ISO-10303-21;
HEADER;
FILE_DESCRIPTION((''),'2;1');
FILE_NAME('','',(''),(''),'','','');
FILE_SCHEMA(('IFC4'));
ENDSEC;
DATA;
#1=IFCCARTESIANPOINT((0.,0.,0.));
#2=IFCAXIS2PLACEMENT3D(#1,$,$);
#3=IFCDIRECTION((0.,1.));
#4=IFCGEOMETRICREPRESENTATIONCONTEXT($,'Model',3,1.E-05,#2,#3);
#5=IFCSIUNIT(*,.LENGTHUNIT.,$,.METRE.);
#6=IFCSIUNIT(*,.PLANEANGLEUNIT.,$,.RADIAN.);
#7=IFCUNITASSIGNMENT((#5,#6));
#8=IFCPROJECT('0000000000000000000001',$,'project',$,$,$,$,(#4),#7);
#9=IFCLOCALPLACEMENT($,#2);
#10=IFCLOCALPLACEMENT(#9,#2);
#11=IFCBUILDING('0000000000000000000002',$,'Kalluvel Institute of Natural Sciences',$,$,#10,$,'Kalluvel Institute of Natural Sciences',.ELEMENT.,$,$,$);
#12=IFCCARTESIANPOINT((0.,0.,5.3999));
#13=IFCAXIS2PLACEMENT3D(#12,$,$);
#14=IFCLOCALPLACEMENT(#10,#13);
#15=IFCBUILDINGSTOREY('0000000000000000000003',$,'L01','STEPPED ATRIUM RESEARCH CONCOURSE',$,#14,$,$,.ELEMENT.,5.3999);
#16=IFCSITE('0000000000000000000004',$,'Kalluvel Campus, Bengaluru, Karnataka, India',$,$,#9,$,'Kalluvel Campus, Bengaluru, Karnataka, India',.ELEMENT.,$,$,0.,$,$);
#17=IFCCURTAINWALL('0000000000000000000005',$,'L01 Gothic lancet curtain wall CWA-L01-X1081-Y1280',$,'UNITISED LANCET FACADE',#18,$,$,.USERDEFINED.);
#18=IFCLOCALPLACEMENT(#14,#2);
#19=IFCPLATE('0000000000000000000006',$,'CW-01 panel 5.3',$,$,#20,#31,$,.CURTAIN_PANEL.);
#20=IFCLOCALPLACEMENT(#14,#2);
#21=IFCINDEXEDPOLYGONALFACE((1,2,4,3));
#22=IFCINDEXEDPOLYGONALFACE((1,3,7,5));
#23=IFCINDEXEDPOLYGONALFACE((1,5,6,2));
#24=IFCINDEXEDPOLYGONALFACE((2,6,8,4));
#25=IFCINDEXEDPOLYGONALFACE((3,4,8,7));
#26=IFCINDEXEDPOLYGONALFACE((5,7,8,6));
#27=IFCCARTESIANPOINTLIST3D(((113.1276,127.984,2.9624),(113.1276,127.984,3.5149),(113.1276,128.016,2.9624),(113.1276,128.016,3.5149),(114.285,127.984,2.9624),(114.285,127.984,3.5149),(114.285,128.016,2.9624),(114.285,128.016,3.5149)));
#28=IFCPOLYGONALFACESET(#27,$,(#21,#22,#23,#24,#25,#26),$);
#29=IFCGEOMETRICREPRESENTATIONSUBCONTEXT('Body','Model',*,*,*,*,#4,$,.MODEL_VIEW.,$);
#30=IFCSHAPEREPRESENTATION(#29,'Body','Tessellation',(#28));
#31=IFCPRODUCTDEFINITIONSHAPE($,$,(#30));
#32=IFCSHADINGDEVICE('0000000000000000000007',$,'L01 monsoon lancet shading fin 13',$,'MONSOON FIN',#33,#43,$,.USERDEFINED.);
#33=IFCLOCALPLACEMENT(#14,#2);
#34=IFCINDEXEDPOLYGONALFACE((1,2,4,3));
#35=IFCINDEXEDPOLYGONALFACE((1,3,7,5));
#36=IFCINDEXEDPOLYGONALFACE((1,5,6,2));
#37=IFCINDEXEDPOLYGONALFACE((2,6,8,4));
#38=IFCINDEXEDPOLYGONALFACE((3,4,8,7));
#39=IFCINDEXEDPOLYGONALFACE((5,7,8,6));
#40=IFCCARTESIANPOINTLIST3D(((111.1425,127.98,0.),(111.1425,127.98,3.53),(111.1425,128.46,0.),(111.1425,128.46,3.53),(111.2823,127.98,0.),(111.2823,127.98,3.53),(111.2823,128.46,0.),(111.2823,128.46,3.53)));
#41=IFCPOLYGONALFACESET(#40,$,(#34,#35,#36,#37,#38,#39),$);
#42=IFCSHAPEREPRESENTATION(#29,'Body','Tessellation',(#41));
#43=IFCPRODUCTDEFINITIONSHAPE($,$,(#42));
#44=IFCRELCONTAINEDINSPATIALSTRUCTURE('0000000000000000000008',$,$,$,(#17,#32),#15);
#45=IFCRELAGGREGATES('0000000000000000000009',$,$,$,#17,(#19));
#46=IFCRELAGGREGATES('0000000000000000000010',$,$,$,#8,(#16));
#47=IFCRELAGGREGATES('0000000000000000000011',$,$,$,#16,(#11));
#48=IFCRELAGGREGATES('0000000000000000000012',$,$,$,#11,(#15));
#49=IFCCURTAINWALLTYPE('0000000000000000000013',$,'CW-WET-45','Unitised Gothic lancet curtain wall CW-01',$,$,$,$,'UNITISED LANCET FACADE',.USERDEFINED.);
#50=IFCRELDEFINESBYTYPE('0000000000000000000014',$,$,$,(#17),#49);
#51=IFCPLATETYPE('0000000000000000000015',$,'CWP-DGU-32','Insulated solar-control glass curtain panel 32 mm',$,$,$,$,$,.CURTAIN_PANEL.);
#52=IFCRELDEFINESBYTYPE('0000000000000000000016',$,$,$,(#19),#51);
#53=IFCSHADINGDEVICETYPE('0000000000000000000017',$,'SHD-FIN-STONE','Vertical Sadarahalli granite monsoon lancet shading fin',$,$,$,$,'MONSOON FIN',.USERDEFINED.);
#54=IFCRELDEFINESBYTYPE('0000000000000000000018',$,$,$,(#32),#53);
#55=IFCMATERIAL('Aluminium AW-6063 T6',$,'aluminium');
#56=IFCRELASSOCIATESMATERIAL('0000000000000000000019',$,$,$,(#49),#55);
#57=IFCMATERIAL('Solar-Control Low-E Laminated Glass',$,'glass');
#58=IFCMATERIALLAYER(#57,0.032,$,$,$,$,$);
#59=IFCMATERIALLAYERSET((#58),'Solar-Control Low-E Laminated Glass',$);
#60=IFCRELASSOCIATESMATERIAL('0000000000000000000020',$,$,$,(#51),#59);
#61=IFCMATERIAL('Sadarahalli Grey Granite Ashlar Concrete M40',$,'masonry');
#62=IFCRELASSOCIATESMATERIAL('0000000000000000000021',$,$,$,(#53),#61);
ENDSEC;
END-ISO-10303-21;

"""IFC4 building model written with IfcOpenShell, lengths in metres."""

from ifc_helpers import new_model, si_unit, direction, frame, origin, origin_2d, place, context, subcontext, project, spatial, rectangle, extrude, material, layer, layer_set, type_object, element, aggregate, save


model = new_model("IFC4")

# Units and contexts
model_context = context("Model", 3, precision=1e-05, world=origin(), true_north=direction((0.0, 1.0)))
body_context = subcontext(model_context, "Body", "Model", "MODEL_VIEW")
ifc_project = project(units=[si_unit("LENGTHUNIT", "METRE"), si_unit("PLANEANGLEUNIT", "RADIAN")], contexts=[model_context])

# Site, building, storey
site_placement = place(None, origin())
site = spatial("IfcSite", under=ifc_project, at=site_placement, Name="Kalluvel Campus, Bengaluru, Karnataka, India", LongName="Kalluvel Campus, Bengaluru, Karnataka, India", CompositionType="ELEMENT", RefElevation=0.0)
building_placement = place(site_placement, origin())
building = spatial("IfcBuilding", under=site, at=building_placement, Name="Kalluvel Institute of Natural Sciences", LongName="Kalluvel Institute of Natural Sciences", CompositionType="ELEMENT")
storey_placement = place(building_placement, frame((0.0, 0.0, 5.3999)))
storey = spatial("IfcBuildingStorey", under=building, at=storey_placement, Name="L01", Description="STEPPED ATRIUM RESEARCH CONCOURSE", CompositionType="ELEMENT", Elevation=5.3999)

# Curtain wall, plate
ifc_material_1 = material(Name="Aluminium AW-6063 T6", Category="aluminium")
curtain_wall_type = type_object("IfcCurtainWallType", Name="CW-WET-45", Description="Unitised Gothic lancet curtain wall CW-01", ElementType="UNITISED LANCET FACADE", PredefinedType="USERDEFINED", material=ifc_material_1)
curtain_wall_placement = place(storey_placement, origin())
curtain_wall = element("IfcCurtainWall", 1, at=curtain_wall_placement, inside=storey, type_object=curtain_wall_type, Name="L01 Gothic lancet curtain wall CWA-L01-X1081-Y1280", ObjectType="UNITISED LANCET FACADE", PredefinedType="USERDEFINED")
ifc_material_2 = material(Name="Solar-Control Low-E Laminated Glass", Category="glass")
ifc_layer = layer(ifc_material_2, 0.032)
ifc_layer_set = layer_set([ifc_layer], Name="Solar-Control Low-E Laminated Glass")
plate_type = type_object("IfcPlateType", Name="CWP-DGU-32", Description="Insulated solar-control glass curtain panel 32 mm", PredefinedType="CURTAIN_PANEL", material=ifc_layer_set)
plate_1_placement = place(storey_placement, frame((113.7063, 128.0, 2.9624), z_axis=(0.0, 0.0, 1.0), x_axis=(1.0, 0.0, 0.0)))
plate_1 = element("IfcPlate", 2, at=plate_1_placement, type_object=plate_type, Name="CW-01 panel 5.3", PredefinedType="CURTAIN_PANEL", context=body_context, shape_type="SweptSolid", body=[
    extrude(rectangle(XDim=1.1575, YDim=0.032, at=origin_2d()), origin(), (0.0, 0.0, 1.0), 0.5525),
])
aggregate(curtain_wall, [plate_1])

# Shading device
ifc_material_3 = material(Name="Sadarahalli Grey Granite Ashlar Concrete M40", Category="masonry")
shading_device_type = type_object("IfcShadingDeviceType", Name="SHD-FIN-STONE", Description="Vertical Sadarahalli granite monsoon lancet shading fin", ElementType="MONSOON FIN", PredefinedType="USERDEFINED", material=ifc_material_3)
shading_device_placement = place(storey_placement, frame((111.2124, 128.22, 0.0), z_axis=(0.0, 0.0, 1.0), x_axis=(1.0, 0.0, 0.0)))
element("IfcShadingDevice", 3, at=shading_device_placement, inside=storey, type_object=shading_device_type, Name="L01 monsoon lancet shading fin 13", ObjectType="MONSOON FIN", PredefinedType="USERDEFINED", context=body_context, shape_type="SweptSolid", body=[
    extrude(rectangle(XDim=0.1399, YDim=0.48, at=origin_2d()), origin(), (0.0, 0.0, 1.0), 3.53),
])

save(model, "model.ifc")
